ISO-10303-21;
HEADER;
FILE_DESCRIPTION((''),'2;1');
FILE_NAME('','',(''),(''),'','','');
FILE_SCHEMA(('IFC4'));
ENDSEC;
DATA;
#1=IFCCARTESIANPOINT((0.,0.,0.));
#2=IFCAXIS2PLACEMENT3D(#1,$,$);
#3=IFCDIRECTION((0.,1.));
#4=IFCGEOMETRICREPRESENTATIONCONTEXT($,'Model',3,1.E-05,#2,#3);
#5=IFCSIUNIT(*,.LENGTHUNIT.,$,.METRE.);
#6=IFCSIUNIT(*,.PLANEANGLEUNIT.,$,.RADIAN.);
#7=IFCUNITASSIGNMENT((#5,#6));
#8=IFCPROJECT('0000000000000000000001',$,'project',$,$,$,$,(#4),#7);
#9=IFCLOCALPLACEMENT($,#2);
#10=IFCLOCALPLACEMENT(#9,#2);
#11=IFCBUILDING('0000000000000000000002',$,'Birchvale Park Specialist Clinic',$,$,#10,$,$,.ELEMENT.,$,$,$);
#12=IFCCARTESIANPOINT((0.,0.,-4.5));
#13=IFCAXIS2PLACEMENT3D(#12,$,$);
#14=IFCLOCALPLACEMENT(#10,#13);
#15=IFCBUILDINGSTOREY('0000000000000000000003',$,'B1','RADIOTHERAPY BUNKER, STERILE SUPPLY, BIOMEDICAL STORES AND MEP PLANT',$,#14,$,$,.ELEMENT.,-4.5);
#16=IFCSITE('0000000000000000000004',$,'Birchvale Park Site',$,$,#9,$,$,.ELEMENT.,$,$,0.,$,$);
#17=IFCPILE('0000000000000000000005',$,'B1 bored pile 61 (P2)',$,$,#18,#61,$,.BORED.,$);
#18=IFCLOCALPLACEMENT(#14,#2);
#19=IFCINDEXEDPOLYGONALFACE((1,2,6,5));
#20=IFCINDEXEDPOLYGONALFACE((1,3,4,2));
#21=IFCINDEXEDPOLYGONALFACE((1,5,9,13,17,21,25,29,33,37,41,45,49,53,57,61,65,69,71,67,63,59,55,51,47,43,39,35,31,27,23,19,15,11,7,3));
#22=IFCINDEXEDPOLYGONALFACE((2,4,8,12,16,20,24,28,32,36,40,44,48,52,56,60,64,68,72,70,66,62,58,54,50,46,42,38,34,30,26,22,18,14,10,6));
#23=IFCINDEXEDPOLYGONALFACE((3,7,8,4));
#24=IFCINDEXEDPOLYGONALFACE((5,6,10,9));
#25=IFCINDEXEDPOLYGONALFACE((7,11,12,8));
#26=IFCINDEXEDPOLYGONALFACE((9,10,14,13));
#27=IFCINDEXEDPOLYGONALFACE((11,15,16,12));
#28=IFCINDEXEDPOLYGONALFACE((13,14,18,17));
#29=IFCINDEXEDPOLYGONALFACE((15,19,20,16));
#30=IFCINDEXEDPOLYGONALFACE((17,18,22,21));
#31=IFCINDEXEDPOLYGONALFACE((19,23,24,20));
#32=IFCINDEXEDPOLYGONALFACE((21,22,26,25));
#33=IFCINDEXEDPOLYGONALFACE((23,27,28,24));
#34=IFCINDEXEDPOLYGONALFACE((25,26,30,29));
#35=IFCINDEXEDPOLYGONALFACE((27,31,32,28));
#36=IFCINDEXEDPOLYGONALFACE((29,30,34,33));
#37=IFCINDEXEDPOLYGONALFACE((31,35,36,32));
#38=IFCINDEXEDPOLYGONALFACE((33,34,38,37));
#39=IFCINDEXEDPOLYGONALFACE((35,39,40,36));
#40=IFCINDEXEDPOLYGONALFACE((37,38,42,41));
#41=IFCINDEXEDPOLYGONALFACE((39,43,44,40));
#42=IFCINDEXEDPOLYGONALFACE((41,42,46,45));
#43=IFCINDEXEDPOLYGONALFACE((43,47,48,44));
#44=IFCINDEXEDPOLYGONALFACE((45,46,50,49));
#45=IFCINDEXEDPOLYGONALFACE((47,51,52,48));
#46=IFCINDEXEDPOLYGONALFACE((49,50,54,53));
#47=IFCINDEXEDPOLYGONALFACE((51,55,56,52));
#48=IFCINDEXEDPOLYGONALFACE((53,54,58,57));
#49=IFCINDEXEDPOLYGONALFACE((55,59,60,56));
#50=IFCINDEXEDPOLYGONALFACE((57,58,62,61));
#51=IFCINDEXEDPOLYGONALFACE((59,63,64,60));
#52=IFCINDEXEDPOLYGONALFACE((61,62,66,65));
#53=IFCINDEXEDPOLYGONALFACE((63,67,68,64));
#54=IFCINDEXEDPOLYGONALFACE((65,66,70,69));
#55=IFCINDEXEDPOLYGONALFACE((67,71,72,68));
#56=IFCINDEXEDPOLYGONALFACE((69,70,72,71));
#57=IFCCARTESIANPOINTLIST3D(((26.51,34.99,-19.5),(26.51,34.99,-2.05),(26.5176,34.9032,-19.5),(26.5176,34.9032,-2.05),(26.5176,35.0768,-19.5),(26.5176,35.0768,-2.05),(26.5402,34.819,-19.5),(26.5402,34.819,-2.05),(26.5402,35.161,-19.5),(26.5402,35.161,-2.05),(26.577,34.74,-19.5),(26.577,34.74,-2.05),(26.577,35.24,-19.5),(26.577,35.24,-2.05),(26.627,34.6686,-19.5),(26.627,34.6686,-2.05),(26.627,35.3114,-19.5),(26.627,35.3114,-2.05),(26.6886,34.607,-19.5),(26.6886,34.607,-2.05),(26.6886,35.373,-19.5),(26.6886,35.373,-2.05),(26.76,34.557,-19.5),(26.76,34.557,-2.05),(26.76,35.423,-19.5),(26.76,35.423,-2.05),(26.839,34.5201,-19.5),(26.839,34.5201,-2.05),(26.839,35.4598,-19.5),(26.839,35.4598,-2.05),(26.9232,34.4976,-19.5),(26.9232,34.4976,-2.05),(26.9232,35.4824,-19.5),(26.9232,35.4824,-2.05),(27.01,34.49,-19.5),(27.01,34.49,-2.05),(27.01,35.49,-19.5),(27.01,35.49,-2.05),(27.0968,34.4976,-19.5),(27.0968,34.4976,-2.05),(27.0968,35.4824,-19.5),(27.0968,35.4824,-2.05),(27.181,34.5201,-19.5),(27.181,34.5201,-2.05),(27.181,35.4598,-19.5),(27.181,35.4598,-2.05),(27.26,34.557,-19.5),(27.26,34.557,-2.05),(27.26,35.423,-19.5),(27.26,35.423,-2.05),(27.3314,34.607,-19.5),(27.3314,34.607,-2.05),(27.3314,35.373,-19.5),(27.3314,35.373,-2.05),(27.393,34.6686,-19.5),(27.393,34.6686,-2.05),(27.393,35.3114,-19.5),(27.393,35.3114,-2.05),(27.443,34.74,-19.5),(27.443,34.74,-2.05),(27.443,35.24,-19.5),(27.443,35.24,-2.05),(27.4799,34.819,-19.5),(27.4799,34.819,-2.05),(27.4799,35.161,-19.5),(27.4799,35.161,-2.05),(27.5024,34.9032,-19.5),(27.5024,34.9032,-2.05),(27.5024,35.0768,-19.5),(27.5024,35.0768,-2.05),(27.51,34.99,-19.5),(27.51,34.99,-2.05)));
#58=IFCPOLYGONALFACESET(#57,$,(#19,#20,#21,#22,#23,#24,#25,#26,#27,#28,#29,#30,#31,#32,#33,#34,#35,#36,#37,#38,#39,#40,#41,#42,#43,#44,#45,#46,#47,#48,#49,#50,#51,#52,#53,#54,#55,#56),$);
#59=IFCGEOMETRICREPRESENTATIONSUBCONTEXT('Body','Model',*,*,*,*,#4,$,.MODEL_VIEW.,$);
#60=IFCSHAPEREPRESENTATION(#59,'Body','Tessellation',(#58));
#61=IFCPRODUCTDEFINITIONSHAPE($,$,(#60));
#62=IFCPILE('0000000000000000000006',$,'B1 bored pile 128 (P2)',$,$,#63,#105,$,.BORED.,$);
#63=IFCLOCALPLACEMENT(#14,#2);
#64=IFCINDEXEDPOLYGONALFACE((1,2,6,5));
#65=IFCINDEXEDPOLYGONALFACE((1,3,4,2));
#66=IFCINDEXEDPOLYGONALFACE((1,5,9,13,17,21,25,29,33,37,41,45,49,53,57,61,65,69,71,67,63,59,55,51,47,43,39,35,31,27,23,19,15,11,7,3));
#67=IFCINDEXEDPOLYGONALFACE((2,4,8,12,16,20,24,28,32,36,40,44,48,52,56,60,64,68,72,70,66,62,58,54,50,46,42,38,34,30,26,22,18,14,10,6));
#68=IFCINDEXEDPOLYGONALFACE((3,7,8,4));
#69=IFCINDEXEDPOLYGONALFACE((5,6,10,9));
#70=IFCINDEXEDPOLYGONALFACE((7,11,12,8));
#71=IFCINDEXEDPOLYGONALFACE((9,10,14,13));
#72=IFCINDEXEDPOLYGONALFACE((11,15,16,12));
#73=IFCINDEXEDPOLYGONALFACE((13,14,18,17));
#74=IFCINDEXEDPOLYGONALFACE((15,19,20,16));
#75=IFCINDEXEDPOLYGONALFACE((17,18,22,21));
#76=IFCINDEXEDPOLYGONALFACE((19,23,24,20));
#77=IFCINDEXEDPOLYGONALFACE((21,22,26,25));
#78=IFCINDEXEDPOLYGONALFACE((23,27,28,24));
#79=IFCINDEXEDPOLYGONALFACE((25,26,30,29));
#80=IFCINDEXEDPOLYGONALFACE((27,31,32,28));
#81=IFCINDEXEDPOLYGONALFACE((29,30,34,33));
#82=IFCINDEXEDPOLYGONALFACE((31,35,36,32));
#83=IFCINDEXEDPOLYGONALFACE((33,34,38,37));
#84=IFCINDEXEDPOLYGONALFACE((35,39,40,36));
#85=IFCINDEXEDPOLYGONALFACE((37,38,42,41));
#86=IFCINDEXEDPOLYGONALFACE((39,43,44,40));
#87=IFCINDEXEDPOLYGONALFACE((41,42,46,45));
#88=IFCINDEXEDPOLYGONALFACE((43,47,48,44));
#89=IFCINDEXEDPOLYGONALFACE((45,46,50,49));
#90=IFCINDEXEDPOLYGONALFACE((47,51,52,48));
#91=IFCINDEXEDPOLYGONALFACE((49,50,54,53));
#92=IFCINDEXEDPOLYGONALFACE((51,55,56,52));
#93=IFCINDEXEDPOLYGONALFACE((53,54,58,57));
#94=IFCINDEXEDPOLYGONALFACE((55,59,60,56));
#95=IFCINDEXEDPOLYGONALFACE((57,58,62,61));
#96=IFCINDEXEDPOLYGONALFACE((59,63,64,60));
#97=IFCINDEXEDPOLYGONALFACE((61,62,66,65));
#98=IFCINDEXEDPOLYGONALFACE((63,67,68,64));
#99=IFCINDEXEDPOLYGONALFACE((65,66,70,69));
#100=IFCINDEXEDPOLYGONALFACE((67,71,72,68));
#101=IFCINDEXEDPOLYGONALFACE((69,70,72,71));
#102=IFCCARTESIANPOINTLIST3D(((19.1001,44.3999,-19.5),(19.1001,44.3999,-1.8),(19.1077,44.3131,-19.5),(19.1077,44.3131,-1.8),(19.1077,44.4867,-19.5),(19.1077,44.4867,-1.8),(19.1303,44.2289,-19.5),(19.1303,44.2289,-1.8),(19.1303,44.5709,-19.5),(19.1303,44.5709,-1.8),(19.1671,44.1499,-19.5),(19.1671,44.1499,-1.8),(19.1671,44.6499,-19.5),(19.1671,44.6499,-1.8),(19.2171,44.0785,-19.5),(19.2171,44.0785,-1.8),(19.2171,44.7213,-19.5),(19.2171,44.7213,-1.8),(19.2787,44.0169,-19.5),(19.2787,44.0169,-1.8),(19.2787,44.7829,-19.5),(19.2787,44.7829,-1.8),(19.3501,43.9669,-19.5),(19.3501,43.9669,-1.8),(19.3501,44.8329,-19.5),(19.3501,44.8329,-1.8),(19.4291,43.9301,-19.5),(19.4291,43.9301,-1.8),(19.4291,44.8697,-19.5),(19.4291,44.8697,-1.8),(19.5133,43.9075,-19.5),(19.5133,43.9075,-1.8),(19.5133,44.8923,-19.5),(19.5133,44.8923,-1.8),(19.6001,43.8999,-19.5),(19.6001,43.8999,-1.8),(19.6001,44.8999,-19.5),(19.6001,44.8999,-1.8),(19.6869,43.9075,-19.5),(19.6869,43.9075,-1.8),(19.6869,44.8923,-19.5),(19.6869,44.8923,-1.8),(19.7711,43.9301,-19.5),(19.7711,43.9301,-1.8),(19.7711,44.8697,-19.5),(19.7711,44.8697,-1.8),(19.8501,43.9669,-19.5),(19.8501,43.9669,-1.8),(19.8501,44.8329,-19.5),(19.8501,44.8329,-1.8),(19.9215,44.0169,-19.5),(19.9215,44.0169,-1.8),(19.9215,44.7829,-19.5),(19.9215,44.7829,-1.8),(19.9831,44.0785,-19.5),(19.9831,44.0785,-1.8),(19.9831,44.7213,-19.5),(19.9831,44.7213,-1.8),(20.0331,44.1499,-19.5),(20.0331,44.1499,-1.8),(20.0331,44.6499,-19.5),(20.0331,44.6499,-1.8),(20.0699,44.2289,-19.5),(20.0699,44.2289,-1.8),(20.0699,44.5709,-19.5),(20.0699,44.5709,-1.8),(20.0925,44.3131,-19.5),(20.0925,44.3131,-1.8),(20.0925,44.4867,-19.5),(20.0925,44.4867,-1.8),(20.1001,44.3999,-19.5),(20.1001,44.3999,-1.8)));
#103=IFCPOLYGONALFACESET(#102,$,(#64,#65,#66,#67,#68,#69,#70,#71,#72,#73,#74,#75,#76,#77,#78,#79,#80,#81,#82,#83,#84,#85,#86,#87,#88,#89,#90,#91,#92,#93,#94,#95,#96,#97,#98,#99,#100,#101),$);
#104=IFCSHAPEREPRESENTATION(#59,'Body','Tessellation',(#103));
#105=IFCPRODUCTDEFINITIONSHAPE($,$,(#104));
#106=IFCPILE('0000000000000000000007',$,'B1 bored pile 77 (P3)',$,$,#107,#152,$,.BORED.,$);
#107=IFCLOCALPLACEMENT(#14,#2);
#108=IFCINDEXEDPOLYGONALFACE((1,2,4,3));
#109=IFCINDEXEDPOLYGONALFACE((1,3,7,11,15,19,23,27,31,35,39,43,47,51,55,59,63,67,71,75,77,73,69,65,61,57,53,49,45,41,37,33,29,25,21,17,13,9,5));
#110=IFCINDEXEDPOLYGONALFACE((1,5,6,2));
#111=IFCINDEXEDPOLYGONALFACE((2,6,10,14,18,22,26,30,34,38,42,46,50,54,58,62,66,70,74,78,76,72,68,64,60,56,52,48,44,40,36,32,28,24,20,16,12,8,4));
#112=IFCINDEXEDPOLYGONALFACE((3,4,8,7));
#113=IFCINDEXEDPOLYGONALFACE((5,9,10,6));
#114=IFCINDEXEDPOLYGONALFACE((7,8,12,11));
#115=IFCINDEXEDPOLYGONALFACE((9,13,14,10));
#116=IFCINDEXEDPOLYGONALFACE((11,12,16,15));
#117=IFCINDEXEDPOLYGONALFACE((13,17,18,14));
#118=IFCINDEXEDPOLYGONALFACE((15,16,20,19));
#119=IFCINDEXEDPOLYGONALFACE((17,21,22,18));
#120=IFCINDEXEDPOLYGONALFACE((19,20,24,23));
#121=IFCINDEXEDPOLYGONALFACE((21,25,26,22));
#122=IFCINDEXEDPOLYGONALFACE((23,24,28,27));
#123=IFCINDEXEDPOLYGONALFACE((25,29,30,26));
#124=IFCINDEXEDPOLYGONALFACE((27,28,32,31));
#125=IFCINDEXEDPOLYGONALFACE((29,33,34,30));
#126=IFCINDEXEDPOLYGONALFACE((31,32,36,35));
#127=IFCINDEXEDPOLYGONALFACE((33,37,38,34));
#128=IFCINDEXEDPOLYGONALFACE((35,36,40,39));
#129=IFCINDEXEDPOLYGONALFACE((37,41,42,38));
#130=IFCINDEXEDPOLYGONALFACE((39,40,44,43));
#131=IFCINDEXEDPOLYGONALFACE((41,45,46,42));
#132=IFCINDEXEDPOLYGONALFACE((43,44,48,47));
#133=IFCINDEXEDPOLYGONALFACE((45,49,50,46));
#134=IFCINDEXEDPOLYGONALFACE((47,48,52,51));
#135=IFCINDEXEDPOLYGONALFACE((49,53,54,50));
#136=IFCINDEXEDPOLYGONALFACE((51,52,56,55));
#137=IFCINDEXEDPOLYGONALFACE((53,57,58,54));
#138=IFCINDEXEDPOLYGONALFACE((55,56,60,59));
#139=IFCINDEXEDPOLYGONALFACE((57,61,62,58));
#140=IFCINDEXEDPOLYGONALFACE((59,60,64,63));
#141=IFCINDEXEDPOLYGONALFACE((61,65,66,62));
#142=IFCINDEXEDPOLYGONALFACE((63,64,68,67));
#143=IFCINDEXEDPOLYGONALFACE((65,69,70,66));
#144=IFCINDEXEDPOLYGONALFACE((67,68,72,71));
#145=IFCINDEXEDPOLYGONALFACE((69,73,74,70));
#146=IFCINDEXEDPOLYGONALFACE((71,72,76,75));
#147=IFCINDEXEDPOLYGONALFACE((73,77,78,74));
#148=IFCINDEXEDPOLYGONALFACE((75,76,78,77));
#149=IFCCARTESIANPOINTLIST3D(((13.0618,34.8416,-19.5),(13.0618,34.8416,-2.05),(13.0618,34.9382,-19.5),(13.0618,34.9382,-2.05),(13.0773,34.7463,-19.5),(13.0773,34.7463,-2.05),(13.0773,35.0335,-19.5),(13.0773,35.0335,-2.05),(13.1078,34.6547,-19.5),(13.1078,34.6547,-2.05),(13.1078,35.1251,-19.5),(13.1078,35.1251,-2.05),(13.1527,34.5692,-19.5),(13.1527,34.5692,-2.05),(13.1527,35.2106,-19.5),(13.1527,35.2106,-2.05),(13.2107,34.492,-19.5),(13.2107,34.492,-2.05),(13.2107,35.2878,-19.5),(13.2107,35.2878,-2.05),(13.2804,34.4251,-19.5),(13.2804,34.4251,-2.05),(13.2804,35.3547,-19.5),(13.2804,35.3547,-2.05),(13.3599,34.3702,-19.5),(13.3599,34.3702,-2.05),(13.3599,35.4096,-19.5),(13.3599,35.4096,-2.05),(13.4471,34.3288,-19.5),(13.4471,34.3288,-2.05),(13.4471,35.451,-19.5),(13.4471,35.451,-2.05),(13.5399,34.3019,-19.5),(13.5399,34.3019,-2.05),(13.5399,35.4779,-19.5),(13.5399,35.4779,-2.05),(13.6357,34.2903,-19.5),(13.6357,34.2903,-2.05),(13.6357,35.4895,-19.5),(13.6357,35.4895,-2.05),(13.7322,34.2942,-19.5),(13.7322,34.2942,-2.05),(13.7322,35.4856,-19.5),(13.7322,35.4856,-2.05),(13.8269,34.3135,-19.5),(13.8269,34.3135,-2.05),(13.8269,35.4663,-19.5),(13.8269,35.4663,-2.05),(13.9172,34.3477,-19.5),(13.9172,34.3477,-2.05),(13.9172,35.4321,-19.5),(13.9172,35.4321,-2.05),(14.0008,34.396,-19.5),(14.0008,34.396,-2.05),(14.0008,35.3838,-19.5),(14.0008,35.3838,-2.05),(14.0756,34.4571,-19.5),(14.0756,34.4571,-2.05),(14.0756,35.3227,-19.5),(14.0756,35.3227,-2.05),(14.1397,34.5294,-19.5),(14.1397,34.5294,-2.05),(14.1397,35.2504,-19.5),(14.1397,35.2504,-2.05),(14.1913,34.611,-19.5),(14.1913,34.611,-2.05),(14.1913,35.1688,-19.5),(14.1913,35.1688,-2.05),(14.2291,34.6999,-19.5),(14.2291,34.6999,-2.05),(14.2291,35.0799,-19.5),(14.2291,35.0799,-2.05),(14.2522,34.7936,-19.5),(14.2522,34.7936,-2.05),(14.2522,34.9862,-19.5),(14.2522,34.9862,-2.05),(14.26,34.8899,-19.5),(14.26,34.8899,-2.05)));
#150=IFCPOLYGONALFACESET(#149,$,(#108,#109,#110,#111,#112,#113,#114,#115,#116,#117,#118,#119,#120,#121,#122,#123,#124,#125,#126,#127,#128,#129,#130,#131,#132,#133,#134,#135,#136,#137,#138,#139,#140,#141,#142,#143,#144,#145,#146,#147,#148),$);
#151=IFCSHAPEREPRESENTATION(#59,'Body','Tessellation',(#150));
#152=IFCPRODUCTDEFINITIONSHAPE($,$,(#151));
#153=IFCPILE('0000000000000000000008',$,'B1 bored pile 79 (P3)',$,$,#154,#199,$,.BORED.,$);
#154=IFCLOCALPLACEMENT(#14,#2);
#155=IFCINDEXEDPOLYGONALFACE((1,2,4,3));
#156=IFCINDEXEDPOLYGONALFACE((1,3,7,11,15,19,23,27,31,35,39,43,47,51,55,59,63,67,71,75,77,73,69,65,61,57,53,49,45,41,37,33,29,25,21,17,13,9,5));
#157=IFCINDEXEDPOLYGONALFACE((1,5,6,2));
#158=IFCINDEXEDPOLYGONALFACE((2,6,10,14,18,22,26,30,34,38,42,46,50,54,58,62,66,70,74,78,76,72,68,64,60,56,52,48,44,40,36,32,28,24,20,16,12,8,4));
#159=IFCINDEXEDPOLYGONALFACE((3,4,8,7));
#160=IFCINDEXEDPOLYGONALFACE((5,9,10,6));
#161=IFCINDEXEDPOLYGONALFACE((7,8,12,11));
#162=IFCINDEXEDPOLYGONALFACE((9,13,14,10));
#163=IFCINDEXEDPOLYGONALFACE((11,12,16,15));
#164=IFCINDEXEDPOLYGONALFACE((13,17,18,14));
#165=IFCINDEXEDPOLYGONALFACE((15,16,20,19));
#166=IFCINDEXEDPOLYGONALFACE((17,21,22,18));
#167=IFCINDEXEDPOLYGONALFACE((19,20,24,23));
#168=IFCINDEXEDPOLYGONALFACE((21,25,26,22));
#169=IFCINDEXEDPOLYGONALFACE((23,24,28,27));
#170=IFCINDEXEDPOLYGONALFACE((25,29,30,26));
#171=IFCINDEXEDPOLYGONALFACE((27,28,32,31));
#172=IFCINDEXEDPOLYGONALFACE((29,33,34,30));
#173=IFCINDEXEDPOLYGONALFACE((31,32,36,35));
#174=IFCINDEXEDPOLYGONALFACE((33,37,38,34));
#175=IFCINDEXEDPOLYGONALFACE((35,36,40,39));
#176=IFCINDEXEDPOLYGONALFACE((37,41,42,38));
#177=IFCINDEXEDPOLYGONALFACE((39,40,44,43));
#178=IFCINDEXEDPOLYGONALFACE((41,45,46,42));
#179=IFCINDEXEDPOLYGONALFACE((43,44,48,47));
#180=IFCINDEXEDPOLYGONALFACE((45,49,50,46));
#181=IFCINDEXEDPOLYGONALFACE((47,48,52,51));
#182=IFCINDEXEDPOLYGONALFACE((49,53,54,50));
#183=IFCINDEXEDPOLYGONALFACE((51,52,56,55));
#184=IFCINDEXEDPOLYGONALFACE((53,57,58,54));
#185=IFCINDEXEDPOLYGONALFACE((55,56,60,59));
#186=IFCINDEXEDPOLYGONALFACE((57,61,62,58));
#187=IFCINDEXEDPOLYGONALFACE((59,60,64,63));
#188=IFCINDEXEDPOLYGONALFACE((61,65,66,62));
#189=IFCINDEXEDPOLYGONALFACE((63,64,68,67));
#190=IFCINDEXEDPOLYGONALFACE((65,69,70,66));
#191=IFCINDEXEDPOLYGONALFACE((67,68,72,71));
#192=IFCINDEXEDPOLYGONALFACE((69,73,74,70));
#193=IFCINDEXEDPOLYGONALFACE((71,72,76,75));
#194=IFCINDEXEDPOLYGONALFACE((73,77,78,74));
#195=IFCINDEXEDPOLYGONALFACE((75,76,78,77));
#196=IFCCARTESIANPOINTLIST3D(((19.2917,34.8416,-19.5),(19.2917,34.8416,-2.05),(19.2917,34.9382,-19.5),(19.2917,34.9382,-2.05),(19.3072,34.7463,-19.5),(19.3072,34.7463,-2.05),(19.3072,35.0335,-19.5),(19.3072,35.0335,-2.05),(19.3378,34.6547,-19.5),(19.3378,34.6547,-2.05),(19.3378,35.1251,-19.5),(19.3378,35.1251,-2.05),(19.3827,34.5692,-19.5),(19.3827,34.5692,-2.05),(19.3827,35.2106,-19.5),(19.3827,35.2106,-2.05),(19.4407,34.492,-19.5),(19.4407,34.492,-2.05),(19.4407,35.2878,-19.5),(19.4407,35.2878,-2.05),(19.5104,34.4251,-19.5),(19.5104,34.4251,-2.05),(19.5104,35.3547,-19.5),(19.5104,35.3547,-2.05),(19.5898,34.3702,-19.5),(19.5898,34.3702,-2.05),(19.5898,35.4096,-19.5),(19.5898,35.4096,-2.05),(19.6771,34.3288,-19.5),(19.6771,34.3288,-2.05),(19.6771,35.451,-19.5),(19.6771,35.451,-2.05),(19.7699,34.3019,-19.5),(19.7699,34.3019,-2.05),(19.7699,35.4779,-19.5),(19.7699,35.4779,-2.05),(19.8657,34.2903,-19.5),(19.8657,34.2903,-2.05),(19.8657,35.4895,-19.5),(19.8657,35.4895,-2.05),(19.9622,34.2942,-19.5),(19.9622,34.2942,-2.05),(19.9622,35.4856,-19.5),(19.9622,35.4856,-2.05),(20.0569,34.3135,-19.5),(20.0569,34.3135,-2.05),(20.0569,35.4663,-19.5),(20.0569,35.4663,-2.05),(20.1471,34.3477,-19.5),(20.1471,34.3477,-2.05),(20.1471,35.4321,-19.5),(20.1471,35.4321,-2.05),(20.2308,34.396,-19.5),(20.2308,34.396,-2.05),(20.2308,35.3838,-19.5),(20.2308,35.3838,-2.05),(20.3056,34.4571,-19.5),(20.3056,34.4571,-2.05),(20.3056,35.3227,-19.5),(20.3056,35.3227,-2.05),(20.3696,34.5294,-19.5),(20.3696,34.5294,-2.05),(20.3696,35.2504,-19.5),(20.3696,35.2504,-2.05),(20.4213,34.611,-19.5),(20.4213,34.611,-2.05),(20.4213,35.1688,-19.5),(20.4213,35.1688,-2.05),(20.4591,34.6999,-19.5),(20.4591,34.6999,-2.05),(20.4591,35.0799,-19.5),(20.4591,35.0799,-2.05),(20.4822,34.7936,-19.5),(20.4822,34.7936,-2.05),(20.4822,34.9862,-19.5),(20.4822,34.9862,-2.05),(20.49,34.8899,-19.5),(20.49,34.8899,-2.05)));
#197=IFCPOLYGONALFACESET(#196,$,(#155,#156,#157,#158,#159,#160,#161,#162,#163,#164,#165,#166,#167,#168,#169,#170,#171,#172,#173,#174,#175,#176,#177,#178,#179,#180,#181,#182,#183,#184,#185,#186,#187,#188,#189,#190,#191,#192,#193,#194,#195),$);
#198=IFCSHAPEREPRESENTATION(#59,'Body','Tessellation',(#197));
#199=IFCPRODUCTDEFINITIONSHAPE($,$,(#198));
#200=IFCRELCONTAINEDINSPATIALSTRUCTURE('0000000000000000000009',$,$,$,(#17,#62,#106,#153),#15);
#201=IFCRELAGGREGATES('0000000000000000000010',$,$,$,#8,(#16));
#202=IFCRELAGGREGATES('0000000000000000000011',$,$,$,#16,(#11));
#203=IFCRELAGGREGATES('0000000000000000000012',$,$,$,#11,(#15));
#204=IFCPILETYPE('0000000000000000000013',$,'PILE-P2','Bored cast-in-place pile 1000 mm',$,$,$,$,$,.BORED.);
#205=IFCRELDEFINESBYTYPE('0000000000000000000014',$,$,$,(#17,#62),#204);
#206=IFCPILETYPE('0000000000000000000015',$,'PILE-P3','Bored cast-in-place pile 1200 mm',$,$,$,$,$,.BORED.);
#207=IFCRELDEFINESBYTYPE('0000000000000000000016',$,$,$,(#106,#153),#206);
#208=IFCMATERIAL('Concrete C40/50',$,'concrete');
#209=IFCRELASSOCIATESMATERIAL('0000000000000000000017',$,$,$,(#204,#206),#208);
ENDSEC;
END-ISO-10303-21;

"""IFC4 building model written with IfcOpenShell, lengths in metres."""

from ifc_helpers import new_model, si_unit, direction, frame, origin, origin_2d, place, context, subcontext, project, spatial, circle, extrude, material, material_profile, profile_set, type_object, element, save


model = new_model("IFC4")

# Units and contexts
model_context = context("Model", 3, precision=1e-05, world=origin(), true_north=direction((0.0, 1.0)))
body_context = subcontext(model_context, "Body", "Model", "MODEL_VIEW")
ifc_project = project(units=[si_unit("LENGTHUNIT", "METRE"), si_unit("PLANEANGLEUNIT", "RADIAN")], contexts=[model_context])

# Site, building, storey
site_placement = place(None, origin())
site = spatial("IfcSite", under=ifc_project, at=site_placement, Name="Birchvale Park Site", CompositionType="ELEMENT", RefElevation=0.0)
building_placement = place(site_placement, origin())
building = spatial("IfcBuilding", under=site, at=building_placement, Name="Birchvale Park Specialist Clinic", CompositionType="ELEMENT")
storey_placement = place(building_placement, frame((0.0, 0.0, -4.5)))
storey = spatial("IfcBuildingStorey", under=building, at=storey_placement, Name="B1", Description="RADIOTHERAPY BUNKER, STERILE SUPPLY, BIOMEDICAL STORES AND MEP PLANT", CompositionType="ELEMENT", Elevation=-4.5)

# Shared definitions
ifc_material_1 = material(Name="Concrete C40/50", Category="concrete")

# Piles
ifc_material_profile_1 = material_profile(ifc_material_1, circle(Radius=0.5, at=origin_2d()), Name="PILE-1000")
ifc_profile_set_1 = profile_set([ifc_material_profile_1], Name="Concrete C40/50")
pile_type_1 = type_object("IfcPileType", Name="PILE-P2", Description="Bored cast-in-place pile 1000 mm", PredefinedType="BORED", material=ifc_profile_set_1)
pile_1_placement = place(storey_placement, frame((27.01, 34.99, -2.05), z_axis=(0.0, 0.0, -1.0), x_axis=(1.0, 0.0, 0.0)))
element("IfcPile", 1, at=pile_1_placement, inside=storey, type_object=pile_type_1, Name="B1 bored pile 61 (P2)", PredefinedType="BORED", context=body_context, shape_type="SweptSolid", body=[
    extrude(circle(Radius=0.5, at=origin_2d()), origin(), (0.0, 0.0, 1.0), 17.45),
])
pile_2_placement = place(storey_placement, frame((19.6001, 44.3999, -1.8), z_axis=(0.0, 0.0, -1.0), x_axis=(1.0, 0.0, 0.0)))
element("IfcPile", 2, at=pile_2_placement, inside=storey, type_object=pile_type_1, Name="B1 bored pile 128 (P2)", PredefinedType="BORED", context=body_context, shape_type="SweptSolid", body=[
    extrude(circle(Radius=0.5, at=origin_2d()), origin(), (0.0, 0.0, 1.0), 17.7),
])
ifc_material_profile_2 = material_profile(ifc_material_1, circle(Radius=0.6001, at=origin_2d()), Name="PILE-1200")
ifc_profile_set_2 = profile_set([ifc_material_profile_2], Name="Concrete C40/50")
pile_type_2 = type_object("IfcPileType", Name="PILE-P3", Description="Bored cast-in-place pile 1200 mm", PredefinedType="BORED", material=ifc_profile_set_2)
for number, where, z_axis, x_axis, name in (
    (3, (13.6599, 34.8899, -2.05), (0.0, 0.0, -1.0), (1.0, 0.0, 0.0), "B1 bored pile 77 (P3)"),
    (4, (19.8899, 34.8899, -2.05), (0.0, 0.0, -1.0), (1.0, 0.0, 0.0), "B1 bored pile 79 (P3)"),
):
    element("IfcPile", number, at=place(storey_placement, frame(where, z_axis=z_axis, x_axis=x_axis)), inside=storey, type_object=pile_type_2, Name=name, PredefinedType="BORED", context=body_context, shape_type="SweptSolid", body=[
        extrude(circle(Radius=0.6001, at=origin_2d()), origin(), (0.0, 0.0, 1.0), 17.45),
    ])

save(model, "model.ifc")
